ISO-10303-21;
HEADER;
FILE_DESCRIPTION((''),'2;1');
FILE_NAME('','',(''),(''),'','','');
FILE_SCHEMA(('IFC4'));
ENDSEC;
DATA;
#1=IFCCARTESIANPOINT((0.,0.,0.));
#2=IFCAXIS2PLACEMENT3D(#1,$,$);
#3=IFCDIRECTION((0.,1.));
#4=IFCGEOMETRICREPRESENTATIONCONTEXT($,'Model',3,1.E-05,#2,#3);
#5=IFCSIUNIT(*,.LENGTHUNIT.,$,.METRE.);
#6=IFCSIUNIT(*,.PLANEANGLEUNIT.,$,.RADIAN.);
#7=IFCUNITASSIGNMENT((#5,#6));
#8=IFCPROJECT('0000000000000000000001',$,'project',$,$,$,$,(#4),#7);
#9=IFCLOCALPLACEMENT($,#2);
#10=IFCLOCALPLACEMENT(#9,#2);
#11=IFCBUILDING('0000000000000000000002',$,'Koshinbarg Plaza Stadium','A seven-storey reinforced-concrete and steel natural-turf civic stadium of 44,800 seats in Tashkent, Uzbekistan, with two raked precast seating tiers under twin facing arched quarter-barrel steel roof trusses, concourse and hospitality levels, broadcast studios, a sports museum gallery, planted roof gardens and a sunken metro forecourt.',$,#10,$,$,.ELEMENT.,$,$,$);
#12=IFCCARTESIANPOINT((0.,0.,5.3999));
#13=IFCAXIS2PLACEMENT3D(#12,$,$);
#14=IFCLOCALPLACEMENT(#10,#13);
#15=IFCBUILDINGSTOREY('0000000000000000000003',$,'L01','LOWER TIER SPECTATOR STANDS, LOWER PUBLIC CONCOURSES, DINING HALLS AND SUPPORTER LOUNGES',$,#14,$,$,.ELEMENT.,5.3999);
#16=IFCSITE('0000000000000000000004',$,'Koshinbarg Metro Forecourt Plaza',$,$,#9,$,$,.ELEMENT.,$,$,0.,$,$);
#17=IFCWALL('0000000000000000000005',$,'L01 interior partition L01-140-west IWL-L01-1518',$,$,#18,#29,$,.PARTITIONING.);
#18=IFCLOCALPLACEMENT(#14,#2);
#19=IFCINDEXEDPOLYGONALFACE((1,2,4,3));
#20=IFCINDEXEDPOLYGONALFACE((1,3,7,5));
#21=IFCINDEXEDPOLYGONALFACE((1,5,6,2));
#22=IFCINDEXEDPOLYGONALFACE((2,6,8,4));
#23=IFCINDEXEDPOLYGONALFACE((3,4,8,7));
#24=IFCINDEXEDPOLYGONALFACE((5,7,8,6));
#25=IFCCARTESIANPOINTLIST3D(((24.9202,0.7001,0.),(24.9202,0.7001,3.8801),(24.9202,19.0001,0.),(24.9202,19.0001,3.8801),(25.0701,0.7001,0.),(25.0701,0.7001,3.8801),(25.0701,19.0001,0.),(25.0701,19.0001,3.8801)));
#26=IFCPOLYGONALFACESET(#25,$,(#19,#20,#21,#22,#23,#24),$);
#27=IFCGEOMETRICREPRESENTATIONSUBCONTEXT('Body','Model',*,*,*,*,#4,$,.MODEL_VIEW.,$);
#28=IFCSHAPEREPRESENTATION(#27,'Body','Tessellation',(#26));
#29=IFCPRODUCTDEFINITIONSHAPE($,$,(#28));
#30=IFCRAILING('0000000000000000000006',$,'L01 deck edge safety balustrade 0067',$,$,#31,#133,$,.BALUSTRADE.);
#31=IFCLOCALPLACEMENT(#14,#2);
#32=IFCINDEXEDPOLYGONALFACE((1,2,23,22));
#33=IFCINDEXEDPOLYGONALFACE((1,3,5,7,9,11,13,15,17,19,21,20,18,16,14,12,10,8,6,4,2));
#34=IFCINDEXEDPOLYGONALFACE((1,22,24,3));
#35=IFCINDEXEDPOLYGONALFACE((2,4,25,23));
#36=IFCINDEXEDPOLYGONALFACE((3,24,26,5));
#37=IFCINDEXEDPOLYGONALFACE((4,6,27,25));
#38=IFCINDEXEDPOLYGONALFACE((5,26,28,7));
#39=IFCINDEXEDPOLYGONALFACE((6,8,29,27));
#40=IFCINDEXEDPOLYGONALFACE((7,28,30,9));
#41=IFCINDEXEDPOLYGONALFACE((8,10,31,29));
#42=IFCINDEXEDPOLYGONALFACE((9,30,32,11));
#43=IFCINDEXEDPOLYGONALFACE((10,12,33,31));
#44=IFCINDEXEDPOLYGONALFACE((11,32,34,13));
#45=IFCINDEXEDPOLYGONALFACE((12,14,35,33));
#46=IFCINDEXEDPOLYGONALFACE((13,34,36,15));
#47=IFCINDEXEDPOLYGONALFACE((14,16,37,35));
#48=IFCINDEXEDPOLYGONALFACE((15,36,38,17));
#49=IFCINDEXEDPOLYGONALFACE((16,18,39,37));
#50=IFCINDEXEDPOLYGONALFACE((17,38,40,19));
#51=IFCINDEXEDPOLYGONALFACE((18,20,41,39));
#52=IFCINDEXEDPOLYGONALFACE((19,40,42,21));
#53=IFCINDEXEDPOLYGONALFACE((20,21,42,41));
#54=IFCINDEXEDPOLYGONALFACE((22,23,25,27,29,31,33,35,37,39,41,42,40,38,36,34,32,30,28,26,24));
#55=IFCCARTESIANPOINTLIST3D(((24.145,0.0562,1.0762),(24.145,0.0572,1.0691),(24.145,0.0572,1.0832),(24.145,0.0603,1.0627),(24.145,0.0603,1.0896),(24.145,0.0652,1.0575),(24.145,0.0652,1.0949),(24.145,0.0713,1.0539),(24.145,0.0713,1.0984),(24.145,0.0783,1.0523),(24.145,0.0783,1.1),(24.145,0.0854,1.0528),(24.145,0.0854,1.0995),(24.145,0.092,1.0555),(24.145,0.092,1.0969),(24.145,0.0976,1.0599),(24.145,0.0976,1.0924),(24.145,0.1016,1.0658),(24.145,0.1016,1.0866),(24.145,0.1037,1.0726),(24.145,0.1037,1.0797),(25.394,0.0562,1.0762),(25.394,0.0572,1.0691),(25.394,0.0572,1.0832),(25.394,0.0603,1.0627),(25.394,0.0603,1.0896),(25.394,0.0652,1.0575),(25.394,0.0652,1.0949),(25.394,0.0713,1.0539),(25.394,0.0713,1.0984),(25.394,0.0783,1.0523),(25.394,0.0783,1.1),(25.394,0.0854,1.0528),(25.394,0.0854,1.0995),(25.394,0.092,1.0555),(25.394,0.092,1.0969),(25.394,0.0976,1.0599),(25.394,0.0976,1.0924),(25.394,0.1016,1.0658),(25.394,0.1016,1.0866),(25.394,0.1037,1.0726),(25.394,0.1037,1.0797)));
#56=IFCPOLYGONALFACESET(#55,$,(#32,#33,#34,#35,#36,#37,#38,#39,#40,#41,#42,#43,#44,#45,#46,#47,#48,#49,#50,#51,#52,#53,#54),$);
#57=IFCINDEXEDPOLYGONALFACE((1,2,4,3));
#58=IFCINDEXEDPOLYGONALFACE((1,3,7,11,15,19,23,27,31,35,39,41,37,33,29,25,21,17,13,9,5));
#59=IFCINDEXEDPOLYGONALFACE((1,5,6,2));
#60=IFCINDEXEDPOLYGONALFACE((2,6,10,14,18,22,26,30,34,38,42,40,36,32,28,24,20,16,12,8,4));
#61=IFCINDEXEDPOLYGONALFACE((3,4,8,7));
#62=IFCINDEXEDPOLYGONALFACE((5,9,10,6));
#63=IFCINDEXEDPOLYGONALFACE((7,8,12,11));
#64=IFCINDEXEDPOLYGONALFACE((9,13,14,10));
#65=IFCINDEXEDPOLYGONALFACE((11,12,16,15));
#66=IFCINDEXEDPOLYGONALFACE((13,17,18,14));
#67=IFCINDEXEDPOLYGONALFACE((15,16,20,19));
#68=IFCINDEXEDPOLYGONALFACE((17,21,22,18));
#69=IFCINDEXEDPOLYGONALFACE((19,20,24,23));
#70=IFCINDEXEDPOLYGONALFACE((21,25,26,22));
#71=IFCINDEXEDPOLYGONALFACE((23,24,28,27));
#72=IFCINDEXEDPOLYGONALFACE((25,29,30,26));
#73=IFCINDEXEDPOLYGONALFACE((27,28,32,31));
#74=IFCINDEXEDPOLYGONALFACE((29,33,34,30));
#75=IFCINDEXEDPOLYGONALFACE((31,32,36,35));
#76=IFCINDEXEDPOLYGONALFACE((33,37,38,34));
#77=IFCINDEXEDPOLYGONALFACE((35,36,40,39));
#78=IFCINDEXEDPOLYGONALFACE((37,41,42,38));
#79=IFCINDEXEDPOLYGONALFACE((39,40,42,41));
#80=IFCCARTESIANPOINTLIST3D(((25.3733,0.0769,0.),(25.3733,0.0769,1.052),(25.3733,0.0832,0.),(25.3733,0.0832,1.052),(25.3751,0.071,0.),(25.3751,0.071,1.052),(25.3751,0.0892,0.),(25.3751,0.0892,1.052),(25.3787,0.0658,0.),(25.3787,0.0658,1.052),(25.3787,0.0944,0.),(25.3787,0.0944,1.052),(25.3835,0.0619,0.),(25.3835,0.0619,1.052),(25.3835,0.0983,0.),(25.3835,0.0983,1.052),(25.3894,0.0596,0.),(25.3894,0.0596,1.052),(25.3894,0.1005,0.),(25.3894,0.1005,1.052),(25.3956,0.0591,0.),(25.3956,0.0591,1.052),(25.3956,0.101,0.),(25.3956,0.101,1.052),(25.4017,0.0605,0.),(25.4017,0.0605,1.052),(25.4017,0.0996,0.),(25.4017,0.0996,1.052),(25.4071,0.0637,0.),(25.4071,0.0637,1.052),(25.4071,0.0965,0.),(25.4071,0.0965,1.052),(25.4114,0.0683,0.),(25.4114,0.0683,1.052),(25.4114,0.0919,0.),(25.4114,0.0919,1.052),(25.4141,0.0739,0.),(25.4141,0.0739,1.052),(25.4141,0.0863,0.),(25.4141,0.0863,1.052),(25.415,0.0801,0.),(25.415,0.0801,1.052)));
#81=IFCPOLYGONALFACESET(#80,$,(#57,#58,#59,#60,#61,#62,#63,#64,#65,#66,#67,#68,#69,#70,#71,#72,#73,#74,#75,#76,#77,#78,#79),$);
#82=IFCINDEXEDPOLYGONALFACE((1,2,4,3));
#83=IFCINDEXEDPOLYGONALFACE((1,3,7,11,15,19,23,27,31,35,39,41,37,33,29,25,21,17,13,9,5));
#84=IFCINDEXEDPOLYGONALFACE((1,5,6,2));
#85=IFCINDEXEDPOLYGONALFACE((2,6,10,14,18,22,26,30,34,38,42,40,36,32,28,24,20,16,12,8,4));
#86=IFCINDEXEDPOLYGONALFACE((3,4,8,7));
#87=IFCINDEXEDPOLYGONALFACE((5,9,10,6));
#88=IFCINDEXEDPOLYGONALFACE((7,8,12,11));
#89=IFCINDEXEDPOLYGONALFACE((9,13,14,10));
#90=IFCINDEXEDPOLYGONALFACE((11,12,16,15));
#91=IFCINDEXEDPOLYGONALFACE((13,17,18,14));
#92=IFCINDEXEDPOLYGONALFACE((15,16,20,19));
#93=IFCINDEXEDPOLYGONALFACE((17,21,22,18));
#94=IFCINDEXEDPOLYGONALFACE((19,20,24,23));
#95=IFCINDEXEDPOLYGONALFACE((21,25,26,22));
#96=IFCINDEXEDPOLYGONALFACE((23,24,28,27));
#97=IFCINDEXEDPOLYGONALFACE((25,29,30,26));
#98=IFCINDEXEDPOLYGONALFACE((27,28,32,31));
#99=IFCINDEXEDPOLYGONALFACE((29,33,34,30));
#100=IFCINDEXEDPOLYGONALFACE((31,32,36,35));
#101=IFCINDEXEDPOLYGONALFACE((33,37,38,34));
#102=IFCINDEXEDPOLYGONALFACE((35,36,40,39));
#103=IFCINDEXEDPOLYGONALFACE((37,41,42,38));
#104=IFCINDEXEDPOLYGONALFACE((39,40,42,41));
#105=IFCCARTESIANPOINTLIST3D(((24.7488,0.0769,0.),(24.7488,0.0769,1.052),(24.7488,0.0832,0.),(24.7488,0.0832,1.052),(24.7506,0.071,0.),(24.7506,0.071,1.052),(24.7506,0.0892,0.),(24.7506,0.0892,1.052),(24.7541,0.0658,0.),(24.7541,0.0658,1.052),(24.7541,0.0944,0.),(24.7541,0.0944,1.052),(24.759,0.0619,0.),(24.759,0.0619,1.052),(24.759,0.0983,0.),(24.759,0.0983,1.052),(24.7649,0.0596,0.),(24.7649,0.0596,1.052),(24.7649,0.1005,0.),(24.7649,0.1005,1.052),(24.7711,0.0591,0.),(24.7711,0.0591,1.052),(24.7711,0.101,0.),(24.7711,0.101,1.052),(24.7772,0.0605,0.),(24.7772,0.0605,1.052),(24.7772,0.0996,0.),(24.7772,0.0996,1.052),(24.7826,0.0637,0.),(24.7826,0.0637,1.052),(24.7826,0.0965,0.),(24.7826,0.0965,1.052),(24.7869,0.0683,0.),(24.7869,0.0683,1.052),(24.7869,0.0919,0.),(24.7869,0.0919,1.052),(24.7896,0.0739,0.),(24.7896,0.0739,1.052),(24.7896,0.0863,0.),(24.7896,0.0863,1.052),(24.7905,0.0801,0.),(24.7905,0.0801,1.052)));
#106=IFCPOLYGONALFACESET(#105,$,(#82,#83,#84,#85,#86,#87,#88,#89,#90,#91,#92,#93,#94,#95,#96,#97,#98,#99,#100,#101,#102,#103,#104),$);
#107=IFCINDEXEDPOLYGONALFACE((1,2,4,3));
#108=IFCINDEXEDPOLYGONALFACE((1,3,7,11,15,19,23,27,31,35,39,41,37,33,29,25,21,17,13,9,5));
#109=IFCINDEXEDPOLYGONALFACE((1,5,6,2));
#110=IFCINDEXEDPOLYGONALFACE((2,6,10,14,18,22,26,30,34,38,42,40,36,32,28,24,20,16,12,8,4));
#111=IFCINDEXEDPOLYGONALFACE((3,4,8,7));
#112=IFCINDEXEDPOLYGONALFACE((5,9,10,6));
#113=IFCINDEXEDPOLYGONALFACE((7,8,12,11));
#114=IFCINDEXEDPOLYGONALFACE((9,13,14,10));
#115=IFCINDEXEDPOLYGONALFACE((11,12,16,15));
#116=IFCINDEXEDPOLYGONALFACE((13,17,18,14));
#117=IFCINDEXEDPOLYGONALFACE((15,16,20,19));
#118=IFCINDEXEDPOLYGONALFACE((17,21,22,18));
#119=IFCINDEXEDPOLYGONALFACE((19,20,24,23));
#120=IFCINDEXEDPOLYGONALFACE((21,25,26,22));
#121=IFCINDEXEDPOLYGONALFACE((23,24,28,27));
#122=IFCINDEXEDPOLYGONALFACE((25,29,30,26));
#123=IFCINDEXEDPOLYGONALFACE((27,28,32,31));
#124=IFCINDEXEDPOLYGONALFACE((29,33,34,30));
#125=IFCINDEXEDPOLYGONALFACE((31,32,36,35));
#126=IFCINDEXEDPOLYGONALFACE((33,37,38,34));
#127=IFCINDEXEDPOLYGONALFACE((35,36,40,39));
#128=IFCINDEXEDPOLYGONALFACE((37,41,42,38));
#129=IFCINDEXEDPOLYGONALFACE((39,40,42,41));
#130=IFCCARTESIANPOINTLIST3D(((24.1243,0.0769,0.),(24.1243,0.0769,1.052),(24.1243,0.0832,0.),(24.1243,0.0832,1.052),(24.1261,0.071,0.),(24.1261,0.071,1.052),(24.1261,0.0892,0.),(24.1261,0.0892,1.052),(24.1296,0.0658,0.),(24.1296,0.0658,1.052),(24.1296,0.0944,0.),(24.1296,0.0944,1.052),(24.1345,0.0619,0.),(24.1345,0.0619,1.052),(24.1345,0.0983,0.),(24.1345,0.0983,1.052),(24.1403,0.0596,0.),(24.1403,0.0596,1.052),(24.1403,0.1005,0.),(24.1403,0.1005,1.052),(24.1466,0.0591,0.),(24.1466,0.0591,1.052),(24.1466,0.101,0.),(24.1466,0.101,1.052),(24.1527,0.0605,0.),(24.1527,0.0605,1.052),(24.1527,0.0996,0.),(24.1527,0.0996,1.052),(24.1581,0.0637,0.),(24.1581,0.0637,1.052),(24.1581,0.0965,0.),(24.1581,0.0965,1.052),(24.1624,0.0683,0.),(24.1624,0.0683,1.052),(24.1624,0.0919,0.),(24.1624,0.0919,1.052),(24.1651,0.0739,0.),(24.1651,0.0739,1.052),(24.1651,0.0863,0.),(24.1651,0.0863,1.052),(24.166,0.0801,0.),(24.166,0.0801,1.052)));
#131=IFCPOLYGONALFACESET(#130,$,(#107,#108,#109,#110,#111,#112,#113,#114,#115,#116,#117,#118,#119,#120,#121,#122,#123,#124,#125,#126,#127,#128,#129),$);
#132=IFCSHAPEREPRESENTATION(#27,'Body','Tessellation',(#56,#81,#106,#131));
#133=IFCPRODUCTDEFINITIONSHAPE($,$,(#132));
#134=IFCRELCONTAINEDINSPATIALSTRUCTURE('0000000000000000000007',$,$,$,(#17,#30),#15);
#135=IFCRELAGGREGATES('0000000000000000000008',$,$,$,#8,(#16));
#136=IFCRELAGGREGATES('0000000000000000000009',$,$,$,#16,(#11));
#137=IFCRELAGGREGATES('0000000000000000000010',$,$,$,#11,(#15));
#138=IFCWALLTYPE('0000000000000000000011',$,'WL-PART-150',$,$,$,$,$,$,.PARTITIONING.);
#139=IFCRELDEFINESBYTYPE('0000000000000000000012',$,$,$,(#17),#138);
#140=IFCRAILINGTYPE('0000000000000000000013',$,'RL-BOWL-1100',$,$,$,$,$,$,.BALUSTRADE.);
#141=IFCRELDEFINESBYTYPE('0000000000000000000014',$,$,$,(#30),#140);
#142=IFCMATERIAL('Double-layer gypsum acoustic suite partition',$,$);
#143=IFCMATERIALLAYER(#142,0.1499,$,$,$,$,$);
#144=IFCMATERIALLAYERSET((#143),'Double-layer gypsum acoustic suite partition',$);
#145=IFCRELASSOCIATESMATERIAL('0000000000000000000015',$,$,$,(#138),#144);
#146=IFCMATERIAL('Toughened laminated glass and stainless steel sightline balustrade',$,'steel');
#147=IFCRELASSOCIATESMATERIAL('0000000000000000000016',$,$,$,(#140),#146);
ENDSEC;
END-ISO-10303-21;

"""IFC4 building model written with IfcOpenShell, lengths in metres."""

from ifc_helpers import new_model, si_unit, direction, frame, frame_2d, origin, origin_2d, place, context, subcontext, project, spatial, rectangle, circle, extrude, material, layer, layer_set, type_object, element, save


model = new_model("IFC4")

# Units and contexts
model_context = context("Model", 3, precision=1e-05, world=origin(), true_north=direction((0.0, 1.0)))
body_context = subcontext(model_context, "Body", "Model", "MODEL_VIEW")
ifc_project = project(units=[si_unit("LENGTHUNIT", "METRE"), si_unit("PLANEANGLEUNIT", "RADIAN")], contexts=[model_context])

# Site, building, storey
site_placement = place(None, origin())
site = spatial("IfcSite", under=ifc_project, at=site_placement, Name="Koshinbarg Metro Forecourt Plaza", CompositionType="ELEMENT", RefElevation=0.0)
building_placement = place(site_placement, origin())
building = spatial("IfcBuilding", under=site, at=building_placement, Name="Koshinbarg Plaza Stadium", Description="A seven-storey reinforced-concrete and steel natural-turf civic stadium of 44,800 seats in Tashkent, Uzbekistan, with two raked precast seating tiers under twin facing arched quarter-barrel steel roof trusses, concourse and hospitality levels, broadcast studios, a sports museum gallery, planted roof gardens and a sunken metro forecourt.", CompositionType="ELEMENT")
storey_placement = place(building_placement, frame((0.0, 0.0, 5.3999)))
storey = spatial("IfcBuildingStorey", under=building, at=storey_placement, Name="L01", Description="LOWER TIER SPECTATOR STANDS, LOWER PUBLIC CONCOURSES, DINING HALLS AND SUPPORTER LOUNGES", CompositionType="ELEMENT", Elevation=5.3999)

# Wall
ifc_material_1 = material(Name="Double-layer gypsum acoustic suite partition")
ifc_layer_1 = layer(ifc_material_1, 0.1499)
ifc_layer_set_1 = layer_set([ifc_layer_1], Name="Double-layer gypsum acoustic suite partition")
wall_type_1 = type_object("IfcWallType", Name="WL-PART-150", PredefinedType="PARTITIONING", material=ifc_layer_set_1)
wall_1_placement = place(storey_placement, frame((24.9951, 19.0, 0.0), z_axis=(0.0, 0.0, 1.0), x_axis=(0.0, -1.0, 0.0)))
element("IfcWall", 1, at=wall_1_placement, inside=storey, type_object=wall_type_1, Name="L01 interior partition L01-140-west IWL-L01-1518", PredefinedType="PARTITIONING", context=body_context, shape_type="SweptSolid", body=[
    extrude(rectangle(XDim=18.3, YDim=0.1499, at=frame_2d((9.1499, 0.0))), origin(), (0.0, 0.0, 1.0), 3.8801),
])

# Railing
ifc_material_2 = material(Name="Toughened laminated glass and stainless steel sightline balustrade", Category="steel")
railing_type = type_object("IfcRailingType", Name="RL-BOWL-1100", PredefinedType="BALUSTRADE", material=ifc_material_2)
railing_1_placement = place(storey_placement, frame((25.394, 0.0801, 0.0)))
element("IfcRailing", 2, at=railing_1_placement, inside=storey, type_object=railing_type, Name="L01 deck edge safety balustrade 0067", PredefinedType="BALUSTRADE", context=body_context, shape_type="SweptSolid", body=[
    extrude(circle(Radius=0.0239, at=origin_2d()), frame((0.0, 0.0, 1.0762), z_axis=(-1.0, 0.0, 0.0), x_axis=(0.0, -1.0, 0.0)), (0.0, 0.0, 1.0), 1.249),
    extrude(circle(Radius=0.021, at=origin_2d()), origin(), (0.0, 0.0, 1.0), 1.052),
    extrude(circle(Radius=0.021, at=origin_2d()), frame((-0.6245, 0.0, 0.0)), (0.0, 0.0, 1.0), 1.052),
    extrude(circle(Radius=0.021, at=origin_2d()), frame((-1.249, 0.0, 0.0)), (0.0, 0.0, 1.0), 1.052),
])

save(model, "model.ifc")
